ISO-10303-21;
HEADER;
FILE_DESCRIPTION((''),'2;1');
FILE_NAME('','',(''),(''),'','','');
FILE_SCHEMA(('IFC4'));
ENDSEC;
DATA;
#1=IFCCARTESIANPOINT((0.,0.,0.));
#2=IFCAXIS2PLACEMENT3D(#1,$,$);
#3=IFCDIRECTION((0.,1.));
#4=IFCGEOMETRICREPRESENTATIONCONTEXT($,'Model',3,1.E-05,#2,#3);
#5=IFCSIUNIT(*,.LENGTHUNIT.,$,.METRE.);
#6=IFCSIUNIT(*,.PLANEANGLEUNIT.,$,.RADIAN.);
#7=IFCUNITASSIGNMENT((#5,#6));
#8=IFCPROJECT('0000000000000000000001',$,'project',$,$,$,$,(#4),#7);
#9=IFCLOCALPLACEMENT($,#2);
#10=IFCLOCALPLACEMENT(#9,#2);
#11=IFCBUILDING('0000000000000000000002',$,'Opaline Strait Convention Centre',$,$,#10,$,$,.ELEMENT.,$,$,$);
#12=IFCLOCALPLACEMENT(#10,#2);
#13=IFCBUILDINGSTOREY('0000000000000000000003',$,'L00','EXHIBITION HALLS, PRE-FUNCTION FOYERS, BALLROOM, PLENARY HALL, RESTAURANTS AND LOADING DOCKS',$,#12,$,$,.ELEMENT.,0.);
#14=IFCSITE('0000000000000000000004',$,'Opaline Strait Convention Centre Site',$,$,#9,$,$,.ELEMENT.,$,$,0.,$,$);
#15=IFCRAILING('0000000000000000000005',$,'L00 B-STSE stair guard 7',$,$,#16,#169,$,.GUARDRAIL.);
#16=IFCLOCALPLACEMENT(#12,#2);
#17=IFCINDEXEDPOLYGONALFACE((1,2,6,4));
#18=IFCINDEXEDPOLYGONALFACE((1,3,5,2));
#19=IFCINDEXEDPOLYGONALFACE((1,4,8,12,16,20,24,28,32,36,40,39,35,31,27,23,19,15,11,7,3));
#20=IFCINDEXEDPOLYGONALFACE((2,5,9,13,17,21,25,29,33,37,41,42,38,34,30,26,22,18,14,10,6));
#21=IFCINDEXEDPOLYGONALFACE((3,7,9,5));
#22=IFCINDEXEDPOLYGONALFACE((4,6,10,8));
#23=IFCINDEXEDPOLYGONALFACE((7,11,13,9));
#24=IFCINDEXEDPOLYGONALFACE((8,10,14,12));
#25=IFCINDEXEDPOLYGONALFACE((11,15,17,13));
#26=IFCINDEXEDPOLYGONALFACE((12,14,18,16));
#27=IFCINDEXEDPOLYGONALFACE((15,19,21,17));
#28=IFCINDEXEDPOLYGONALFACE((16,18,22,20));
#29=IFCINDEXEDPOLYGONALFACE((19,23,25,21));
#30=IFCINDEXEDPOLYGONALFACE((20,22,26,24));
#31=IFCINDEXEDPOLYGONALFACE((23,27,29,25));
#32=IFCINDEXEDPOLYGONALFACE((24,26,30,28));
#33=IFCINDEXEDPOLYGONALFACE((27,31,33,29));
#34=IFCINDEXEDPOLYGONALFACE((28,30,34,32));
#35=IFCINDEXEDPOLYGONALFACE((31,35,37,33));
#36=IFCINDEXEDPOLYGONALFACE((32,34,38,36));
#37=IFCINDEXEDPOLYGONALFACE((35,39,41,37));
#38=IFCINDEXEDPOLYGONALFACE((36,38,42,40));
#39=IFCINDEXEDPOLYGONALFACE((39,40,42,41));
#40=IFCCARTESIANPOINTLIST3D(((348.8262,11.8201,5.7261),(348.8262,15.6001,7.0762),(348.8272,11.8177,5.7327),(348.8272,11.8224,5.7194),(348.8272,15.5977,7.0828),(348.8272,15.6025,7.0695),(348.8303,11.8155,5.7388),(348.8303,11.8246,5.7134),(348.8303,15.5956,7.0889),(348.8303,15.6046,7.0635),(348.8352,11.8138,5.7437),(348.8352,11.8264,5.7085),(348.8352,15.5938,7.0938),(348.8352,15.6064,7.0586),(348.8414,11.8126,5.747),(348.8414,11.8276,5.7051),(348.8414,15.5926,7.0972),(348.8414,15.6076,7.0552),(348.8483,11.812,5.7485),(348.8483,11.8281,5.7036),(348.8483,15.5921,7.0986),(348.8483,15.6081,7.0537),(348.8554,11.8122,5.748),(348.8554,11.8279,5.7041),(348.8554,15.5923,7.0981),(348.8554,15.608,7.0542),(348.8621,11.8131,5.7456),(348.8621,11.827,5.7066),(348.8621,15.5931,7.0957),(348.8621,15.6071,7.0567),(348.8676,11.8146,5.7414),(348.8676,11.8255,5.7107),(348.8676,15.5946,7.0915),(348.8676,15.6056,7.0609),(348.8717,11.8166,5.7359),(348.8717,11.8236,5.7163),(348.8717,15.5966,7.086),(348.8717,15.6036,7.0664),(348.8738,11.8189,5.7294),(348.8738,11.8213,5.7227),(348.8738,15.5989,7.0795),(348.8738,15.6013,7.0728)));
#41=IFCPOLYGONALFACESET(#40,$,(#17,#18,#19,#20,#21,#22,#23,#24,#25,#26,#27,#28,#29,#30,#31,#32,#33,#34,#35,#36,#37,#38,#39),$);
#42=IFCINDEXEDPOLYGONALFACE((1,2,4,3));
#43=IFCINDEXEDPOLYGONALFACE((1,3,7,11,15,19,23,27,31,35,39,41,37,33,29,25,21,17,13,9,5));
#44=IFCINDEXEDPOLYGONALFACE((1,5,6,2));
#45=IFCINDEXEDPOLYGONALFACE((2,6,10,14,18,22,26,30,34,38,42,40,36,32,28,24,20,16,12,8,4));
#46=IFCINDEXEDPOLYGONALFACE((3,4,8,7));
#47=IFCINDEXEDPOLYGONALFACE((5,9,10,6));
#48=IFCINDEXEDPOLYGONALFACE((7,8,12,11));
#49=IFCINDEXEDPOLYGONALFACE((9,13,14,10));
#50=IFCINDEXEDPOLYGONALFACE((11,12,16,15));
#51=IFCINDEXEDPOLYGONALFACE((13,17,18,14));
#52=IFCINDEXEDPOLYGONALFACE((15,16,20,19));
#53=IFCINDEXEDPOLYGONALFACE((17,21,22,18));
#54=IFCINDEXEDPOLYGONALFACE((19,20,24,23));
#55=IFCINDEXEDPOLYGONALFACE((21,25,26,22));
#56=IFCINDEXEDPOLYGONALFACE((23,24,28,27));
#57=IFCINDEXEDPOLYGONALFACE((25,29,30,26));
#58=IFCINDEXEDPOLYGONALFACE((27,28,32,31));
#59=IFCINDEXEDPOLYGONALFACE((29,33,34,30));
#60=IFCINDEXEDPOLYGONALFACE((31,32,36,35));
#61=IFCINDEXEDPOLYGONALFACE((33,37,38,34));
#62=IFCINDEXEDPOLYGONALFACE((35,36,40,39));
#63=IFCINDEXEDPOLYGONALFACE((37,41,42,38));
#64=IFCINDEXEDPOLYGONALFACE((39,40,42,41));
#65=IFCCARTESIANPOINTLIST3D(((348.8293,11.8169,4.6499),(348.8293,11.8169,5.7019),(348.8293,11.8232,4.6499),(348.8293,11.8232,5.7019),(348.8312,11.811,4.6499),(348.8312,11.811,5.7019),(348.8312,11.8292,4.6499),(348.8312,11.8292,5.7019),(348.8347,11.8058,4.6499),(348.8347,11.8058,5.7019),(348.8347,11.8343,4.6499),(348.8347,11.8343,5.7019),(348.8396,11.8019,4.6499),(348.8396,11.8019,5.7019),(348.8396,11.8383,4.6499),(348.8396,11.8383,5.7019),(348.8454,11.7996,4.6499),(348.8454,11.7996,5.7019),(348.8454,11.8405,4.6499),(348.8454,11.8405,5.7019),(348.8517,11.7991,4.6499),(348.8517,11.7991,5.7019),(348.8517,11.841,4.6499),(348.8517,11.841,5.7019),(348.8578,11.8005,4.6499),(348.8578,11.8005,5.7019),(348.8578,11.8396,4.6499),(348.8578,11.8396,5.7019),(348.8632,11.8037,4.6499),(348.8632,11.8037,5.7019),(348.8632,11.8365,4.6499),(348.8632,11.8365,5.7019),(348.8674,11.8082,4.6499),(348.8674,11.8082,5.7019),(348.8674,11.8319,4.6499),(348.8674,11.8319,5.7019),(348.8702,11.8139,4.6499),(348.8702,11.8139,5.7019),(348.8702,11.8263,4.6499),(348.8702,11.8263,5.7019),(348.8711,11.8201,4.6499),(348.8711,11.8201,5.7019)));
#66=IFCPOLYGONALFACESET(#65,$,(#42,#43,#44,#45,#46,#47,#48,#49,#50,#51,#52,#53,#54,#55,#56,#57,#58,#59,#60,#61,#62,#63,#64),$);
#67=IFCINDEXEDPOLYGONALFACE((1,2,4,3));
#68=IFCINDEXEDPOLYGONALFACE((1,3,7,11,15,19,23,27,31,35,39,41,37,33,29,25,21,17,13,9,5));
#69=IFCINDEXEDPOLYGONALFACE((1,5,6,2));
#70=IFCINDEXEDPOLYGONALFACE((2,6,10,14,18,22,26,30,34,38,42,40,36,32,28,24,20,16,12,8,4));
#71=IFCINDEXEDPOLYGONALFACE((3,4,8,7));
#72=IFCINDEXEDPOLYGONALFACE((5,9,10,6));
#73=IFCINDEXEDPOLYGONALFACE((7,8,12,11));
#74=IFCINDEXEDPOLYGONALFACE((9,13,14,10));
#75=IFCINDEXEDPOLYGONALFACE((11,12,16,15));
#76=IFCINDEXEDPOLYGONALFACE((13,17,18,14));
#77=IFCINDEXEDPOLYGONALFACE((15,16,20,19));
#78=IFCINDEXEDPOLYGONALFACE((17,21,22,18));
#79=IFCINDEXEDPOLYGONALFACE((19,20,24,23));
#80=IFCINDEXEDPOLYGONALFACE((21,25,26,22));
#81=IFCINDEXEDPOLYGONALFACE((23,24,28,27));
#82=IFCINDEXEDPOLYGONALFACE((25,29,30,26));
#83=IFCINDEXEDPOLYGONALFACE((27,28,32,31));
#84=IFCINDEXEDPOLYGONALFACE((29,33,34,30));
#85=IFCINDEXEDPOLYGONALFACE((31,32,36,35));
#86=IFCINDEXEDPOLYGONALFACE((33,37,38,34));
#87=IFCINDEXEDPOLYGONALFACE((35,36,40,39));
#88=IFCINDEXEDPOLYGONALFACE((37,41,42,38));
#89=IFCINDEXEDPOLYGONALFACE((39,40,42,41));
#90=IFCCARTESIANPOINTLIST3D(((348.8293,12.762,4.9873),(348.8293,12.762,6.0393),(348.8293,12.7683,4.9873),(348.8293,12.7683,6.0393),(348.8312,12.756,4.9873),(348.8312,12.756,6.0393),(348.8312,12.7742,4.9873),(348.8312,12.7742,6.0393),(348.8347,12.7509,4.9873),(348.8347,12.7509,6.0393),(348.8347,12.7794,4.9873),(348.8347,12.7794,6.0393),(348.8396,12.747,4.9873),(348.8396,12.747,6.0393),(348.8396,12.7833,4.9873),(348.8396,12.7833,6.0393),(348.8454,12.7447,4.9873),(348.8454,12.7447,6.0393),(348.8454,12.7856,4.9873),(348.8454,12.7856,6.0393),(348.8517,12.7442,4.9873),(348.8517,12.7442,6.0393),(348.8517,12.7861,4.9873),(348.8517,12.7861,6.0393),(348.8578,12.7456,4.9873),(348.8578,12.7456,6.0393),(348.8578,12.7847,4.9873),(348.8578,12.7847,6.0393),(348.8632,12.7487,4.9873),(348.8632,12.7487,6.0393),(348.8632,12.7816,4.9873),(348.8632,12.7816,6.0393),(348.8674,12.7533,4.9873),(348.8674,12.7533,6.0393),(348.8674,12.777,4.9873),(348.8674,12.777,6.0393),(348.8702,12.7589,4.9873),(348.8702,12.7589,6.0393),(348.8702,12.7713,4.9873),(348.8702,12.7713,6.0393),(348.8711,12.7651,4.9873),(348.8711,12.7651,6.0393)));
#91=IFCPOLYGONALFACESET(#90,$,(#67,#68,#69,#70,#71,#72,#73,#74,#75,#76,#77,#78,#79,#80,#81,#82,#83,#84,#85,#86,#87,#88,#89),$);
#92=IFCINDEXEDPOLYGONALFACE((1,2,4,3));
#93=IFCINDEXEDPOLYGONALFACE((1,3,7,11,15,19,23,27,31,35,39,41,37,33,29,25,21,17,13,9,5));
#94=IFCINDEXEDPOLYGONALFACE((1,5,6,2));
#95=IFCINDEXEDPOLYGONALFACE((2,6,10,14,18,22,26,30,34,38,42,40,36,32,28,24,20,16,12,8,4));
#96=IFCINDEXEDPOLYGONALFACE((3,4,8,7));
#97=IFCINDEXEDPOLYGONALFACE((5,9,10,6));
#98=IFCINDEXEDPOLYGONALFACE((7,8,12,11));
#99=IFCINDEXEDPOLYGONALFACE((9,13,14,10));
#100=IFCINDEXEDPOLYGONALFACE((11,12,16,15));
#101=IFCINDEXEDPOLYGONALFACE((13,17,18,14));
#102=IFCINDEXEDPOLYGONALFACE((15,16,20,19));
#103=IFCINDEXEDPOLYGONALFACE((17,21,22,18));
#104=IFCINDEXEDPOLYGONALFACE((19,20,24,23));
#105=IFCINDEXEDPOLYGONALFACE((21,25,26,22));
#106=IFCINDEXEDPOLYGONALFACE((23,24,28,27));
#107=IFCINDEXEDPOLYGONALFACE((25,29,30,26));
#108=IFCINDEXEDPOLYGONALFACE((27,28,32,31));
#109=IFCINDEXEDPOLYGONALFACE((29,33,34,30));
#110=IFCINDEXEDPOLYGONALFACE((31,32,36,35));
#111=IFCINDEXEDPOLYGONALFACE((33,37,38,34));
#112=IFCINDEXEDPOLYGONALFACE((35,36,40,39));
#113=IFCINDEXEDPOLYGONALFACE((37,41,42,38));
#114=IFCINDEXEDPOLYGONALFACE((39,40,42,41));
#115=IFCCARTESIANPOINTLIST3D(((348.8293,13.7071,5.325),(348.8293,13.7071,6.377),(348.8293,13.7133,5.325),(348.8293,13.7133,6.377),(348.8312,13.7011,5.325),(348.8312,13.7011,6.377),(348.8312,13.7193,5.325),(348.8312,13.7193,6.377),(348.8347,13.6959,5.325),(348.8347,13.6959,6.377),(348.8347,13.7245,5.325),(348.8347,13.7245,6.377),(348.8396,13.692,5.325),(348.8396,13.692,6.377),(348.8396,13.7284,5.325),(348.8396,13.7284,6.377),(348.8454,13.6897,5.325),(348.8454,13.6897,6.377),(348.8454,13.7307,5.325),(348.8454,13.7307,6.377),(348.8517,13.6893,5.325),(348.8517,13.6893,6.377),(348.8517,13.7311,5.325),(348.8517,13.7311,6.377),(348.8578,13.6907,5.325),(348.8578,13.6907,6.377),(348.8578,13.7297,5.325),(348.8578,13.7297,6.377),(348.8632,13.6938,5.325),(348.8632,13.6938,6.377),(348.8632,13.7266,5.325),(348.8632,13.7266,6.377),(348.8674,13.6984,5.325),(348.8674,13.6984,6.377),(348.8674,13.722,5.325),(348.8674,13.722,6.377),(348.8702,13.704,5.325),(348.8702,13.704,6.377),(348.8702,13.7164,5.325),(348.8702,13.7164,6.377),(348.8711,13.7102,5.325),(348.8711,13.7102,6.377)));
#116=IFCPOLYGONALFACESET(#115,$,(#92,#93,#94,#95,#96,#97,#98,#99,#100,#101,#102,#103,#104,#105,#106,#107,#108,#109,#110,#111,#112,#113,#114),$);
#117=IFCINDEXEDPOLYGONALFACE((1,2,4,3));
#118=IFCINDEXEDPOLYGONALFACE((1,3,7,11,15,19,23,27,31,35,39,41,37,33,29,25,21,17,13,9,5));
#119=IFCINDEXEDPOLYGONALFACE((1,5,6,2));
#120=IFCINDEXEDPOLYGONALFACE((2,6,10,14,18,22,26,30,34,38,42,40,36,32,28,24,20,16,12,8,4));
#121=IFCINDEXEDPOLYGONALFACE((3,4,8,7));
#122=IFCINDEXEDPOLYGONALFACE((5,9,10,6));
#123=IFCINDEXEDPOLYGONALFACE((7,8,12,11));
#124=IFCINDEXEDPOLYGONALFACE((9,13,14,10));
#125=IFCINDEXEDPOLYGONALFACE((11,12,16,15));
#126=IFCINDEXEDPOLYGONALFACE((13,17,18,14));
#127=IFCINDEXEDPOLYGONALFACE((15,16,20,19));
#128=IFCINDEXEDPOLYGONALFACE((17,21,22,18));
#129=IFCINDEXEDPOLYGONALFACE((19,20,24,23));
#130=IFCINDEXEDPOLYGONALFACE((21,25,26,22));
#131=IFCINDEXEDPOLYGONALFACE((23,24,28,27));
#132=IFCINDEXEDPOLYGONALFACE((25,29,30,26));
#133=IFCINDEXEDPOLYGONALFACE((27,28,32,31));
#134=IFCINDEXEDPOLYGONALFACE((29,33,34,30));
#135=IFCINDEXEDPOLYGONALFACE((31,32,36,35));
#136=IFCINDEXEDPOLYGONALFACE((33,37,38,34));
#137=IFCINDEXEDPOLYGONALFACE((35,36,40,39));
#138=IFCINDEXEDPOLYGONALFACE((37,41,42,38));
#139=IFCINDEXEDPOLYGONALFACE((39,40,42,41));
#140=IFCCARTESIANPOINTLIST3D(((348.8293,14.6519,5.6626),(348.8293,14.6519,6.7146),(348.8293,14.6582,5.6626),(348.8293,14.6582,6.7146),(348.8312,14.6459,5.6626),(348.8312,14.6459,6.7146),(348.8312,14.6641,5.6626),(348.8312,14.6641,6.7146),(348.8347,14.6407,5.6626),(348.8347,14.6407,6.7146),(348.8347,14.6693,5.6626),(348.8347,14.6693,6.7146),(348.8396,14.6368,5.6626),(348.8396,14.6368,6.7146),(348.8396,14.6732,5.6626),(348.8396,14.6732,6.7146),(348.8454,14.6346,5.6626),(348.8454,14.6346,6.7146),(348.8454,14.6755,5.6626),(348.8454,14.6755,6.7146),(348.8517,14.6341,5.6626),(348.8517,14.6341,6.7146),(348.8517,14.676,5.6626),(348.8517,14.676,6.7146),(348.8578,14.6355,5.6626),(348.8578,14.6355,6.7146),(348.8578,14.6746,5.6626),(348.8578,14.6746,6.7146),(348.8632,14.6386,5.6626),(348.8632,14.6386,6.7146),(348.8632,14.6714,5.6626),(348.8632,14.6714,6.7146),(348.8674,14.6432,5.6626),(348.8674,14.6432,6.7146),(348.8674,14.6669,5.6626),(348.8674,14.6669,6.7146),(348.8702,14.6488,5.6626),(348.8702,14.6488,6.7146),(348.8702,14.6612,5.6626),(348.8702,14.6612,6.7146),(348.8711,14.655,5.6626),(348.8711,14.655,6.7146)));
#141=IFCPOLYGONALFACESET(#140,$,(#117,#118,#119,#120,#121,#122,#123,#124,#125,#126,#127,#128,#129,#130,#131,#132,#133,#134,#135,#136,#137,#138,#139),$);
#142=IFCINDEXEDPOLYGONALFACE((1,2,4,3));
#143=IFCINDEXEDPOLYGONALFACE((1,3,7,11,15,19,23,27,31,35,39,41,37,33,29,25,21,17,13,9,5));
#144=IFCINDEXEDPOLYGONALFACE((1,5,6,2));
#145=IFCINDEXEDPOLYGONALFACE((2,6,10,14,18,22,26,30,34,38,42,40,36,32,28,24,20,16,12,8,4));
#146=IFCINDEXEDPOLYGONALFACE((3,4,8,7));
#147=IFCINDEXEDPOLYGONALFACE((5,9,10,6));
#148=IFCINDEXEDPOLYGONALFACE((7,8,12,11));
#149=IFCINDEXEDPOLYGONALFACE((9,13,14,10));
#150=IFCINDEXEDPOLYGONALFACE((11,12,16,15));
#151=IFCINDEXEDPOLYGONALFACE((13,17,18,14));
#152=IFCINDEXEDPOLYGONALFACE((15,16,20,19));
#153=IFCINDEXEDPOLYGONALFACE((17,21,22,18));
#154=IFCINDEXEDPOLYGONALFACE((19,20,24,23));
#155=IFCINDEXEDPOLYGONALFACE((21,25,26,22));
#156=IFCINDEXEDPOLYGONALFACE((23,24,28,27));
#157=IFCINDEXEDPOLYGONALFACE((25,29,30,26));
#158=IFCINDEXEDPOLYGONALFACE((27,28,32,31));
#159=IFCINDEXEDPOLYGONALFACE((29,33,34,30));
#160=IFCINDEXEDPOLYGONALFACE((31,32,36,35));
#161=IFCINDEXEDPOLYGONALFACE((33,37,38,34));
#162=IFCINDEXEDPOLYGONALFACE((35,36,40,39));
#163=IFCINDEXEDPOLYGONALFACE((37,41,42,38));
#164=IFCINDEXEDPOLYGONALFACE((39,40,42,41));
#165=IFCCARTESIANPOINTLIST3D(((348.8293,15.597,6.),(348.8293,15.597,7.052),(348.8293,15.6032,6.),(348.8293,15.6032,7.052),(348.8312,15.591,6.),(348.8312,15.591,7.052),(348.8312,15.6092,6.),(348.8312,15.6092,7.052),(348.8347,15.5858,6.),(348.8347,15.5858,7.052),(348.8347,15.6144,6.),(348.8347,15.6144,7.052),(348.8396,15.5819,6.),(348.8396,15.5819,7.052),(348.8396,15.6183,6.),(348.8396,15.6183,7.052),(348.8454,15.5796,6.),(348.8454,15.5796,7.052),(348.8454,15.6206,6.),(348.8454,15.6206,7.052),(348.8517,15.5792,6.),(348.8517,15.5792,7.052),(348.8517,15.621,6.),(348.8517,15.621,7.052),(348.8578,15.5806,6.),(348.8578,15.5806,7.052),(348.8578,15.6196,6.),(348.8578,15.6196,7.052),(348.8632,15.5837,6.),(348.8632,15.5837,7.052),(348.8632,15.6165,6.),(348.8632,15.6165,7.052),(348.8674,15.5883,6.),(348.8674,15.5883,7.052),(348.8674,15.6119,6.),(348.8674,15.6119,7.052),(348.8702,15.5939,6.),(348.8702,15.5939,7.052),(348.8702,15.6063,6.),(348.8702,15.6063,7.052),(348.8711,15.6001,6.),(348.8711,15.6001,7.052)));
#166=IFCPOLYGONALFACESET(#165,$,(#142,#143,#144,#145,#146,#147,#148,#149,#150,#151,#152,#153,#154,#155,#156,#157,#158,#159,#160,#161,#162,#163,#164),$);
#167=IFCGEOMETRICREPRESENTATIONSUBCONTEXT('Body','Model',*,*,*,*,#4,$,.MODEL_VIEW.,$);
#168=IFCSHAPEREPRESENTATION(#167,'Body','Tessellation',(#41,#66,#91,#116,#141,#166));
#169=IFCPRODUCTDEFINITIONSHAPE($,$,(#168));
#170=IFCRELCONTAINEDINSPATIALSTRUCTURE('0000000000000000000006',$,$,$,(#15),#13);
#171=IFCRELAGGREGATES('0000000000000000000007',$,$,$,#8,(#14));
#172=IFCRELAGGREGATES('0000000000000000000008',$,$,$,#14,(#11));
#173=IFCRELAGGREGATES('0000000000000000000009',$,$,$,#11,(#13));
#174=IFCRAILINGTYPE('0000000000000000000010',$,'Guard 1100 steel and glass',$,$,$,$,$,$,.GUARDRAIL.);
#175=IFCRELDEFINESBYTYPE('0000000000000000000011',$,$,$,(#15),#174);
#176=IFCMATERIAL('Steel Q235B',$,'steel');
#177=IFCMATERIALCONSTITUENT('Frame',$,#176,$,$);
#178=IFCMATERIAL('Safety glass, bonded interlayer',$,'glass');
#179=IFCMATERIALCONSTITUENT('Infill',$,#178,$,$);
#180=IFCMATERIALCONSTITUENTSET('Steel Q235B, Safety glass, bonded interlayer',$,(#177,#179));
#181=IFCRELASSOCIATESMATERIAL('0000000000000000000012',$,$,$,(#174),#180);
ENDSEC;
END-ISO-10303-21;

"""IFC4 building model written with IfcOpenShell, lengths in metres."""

from ifc_helpers import new_model, si_unit, direction, frame, origin, origin_2d, place, context, subcontext, project, spatial, circle, extrude, material, constituent, constituent_set, type_object, element, save


model = new_model("IFC4")

# Units and contexts
model_context = context("Model", 3, precision=1e-05, world=origin(), true_north=direction((0.0, 1.0)))
body_context = subcontext(model_context, "Body", "Model", "MODEL_VIEW")
ifc_project = project(units=[si_unit("LENGTHUNIT", "METRE"), si_unit("PLANEANGLEUNIT", "RADIAN")], contexts=[model_context])

# Site, building, storey
site_placement = place(None, origin())
site = spatial("IfcSite", under=ifc_project, at=site_placement, Name="Opaline Strait Convention Centre Site", CompositionType="ELEMENT", RefElevation=0.0)
building_placement = place(site_placement, origin())
building = spatial("IfcBuilding", under=site, at=building_placement, Name="Opaline Strait Convention Centre", CompositionType="ELEMENT")
storey_placement = place(building_placement, origin())
storey = spatial("IfcBuildingStorey", under=building, at=storey_placement, Name="L00", Description="EXHIBITION HALLS, PRE-FUNCTION FOYERS, BALLROOM, PLENARY HALL, RESTAURANTS AND LOADING DOCKS", CompositionType="ELEMENT", Elevation=0.0)

# Shared definitions
ifc_material_1 = material(Name="Steel Q235B", Category="steel")

# Railing
ifc_constituent_1 = constituent(ifc_material_1, Name="Frame")
ifc_material_2 = material(Name="Safety glass, bonded interlayer", Category="glass")
ifc_constituent_2 = constituent(ifc_material_2, Name="Infill")
ifc_constituent_set = constituent_set(constituents=[ifc_constituent_1, ifc_constituent_2], Name="Steel Q235B, Safety glass, bonded interlayer")
railing_type_1 = type_object("IfcRailingType", Name="Guard 1100 steel and glass", PredefinedType="GUARDRAIL", material=ifc_constituent_set)
railing_1_placement = place(storey_placement, frame((348.8501, 11.8201, 4.6499)))
element("IfcRailing", 1, at=railing_1_placement, inside=storey, type_object=railing_type_1, Name="L00 B-STSE stair guard 7", PredefinedType="GUARDRAIL", context=body_context, shape_type="SweptSolid", body=[
    extrude(circle(Radius=0.0239, at=origin_2d()), frame((0.0, 0.0, 1.0762), z_axis=(0.0, 0.941735, 0.336356), x_axis=(-1.0, 0.0, 0.0)), (0.0, 0.0, 1.0), 4.0139),
    extrude(circle(Radius=0.021, at=origin_2d()), origin(), (0.0, 0.0, 1.0), 1.052),
    extrude(circle(Radius=0.021, at=origin_2d()), frame((0.0, 0.9451, 0.3374)), (0.0, 0.0, 1.0), 1.052),
    extrude(circle(Radius=0.021, at=origin_2d()), frame((0.0, 1.8901, 0.675)), (0.0, 0.0, 1.0), 1.052),
    extrude(circle(Radius=0.021, at=origin_2d()), frame((0.0, 2.835, 1.0127)), (0.0, 0.0, 1.0), 1.052),
    extrude(circle(Radius=0.021, at=origin_2d()), frame((0.0, 3.78, 1.3501)), (0.0, 0.0, 1.0), 1.052),
])

save(model, "model.ifc")
